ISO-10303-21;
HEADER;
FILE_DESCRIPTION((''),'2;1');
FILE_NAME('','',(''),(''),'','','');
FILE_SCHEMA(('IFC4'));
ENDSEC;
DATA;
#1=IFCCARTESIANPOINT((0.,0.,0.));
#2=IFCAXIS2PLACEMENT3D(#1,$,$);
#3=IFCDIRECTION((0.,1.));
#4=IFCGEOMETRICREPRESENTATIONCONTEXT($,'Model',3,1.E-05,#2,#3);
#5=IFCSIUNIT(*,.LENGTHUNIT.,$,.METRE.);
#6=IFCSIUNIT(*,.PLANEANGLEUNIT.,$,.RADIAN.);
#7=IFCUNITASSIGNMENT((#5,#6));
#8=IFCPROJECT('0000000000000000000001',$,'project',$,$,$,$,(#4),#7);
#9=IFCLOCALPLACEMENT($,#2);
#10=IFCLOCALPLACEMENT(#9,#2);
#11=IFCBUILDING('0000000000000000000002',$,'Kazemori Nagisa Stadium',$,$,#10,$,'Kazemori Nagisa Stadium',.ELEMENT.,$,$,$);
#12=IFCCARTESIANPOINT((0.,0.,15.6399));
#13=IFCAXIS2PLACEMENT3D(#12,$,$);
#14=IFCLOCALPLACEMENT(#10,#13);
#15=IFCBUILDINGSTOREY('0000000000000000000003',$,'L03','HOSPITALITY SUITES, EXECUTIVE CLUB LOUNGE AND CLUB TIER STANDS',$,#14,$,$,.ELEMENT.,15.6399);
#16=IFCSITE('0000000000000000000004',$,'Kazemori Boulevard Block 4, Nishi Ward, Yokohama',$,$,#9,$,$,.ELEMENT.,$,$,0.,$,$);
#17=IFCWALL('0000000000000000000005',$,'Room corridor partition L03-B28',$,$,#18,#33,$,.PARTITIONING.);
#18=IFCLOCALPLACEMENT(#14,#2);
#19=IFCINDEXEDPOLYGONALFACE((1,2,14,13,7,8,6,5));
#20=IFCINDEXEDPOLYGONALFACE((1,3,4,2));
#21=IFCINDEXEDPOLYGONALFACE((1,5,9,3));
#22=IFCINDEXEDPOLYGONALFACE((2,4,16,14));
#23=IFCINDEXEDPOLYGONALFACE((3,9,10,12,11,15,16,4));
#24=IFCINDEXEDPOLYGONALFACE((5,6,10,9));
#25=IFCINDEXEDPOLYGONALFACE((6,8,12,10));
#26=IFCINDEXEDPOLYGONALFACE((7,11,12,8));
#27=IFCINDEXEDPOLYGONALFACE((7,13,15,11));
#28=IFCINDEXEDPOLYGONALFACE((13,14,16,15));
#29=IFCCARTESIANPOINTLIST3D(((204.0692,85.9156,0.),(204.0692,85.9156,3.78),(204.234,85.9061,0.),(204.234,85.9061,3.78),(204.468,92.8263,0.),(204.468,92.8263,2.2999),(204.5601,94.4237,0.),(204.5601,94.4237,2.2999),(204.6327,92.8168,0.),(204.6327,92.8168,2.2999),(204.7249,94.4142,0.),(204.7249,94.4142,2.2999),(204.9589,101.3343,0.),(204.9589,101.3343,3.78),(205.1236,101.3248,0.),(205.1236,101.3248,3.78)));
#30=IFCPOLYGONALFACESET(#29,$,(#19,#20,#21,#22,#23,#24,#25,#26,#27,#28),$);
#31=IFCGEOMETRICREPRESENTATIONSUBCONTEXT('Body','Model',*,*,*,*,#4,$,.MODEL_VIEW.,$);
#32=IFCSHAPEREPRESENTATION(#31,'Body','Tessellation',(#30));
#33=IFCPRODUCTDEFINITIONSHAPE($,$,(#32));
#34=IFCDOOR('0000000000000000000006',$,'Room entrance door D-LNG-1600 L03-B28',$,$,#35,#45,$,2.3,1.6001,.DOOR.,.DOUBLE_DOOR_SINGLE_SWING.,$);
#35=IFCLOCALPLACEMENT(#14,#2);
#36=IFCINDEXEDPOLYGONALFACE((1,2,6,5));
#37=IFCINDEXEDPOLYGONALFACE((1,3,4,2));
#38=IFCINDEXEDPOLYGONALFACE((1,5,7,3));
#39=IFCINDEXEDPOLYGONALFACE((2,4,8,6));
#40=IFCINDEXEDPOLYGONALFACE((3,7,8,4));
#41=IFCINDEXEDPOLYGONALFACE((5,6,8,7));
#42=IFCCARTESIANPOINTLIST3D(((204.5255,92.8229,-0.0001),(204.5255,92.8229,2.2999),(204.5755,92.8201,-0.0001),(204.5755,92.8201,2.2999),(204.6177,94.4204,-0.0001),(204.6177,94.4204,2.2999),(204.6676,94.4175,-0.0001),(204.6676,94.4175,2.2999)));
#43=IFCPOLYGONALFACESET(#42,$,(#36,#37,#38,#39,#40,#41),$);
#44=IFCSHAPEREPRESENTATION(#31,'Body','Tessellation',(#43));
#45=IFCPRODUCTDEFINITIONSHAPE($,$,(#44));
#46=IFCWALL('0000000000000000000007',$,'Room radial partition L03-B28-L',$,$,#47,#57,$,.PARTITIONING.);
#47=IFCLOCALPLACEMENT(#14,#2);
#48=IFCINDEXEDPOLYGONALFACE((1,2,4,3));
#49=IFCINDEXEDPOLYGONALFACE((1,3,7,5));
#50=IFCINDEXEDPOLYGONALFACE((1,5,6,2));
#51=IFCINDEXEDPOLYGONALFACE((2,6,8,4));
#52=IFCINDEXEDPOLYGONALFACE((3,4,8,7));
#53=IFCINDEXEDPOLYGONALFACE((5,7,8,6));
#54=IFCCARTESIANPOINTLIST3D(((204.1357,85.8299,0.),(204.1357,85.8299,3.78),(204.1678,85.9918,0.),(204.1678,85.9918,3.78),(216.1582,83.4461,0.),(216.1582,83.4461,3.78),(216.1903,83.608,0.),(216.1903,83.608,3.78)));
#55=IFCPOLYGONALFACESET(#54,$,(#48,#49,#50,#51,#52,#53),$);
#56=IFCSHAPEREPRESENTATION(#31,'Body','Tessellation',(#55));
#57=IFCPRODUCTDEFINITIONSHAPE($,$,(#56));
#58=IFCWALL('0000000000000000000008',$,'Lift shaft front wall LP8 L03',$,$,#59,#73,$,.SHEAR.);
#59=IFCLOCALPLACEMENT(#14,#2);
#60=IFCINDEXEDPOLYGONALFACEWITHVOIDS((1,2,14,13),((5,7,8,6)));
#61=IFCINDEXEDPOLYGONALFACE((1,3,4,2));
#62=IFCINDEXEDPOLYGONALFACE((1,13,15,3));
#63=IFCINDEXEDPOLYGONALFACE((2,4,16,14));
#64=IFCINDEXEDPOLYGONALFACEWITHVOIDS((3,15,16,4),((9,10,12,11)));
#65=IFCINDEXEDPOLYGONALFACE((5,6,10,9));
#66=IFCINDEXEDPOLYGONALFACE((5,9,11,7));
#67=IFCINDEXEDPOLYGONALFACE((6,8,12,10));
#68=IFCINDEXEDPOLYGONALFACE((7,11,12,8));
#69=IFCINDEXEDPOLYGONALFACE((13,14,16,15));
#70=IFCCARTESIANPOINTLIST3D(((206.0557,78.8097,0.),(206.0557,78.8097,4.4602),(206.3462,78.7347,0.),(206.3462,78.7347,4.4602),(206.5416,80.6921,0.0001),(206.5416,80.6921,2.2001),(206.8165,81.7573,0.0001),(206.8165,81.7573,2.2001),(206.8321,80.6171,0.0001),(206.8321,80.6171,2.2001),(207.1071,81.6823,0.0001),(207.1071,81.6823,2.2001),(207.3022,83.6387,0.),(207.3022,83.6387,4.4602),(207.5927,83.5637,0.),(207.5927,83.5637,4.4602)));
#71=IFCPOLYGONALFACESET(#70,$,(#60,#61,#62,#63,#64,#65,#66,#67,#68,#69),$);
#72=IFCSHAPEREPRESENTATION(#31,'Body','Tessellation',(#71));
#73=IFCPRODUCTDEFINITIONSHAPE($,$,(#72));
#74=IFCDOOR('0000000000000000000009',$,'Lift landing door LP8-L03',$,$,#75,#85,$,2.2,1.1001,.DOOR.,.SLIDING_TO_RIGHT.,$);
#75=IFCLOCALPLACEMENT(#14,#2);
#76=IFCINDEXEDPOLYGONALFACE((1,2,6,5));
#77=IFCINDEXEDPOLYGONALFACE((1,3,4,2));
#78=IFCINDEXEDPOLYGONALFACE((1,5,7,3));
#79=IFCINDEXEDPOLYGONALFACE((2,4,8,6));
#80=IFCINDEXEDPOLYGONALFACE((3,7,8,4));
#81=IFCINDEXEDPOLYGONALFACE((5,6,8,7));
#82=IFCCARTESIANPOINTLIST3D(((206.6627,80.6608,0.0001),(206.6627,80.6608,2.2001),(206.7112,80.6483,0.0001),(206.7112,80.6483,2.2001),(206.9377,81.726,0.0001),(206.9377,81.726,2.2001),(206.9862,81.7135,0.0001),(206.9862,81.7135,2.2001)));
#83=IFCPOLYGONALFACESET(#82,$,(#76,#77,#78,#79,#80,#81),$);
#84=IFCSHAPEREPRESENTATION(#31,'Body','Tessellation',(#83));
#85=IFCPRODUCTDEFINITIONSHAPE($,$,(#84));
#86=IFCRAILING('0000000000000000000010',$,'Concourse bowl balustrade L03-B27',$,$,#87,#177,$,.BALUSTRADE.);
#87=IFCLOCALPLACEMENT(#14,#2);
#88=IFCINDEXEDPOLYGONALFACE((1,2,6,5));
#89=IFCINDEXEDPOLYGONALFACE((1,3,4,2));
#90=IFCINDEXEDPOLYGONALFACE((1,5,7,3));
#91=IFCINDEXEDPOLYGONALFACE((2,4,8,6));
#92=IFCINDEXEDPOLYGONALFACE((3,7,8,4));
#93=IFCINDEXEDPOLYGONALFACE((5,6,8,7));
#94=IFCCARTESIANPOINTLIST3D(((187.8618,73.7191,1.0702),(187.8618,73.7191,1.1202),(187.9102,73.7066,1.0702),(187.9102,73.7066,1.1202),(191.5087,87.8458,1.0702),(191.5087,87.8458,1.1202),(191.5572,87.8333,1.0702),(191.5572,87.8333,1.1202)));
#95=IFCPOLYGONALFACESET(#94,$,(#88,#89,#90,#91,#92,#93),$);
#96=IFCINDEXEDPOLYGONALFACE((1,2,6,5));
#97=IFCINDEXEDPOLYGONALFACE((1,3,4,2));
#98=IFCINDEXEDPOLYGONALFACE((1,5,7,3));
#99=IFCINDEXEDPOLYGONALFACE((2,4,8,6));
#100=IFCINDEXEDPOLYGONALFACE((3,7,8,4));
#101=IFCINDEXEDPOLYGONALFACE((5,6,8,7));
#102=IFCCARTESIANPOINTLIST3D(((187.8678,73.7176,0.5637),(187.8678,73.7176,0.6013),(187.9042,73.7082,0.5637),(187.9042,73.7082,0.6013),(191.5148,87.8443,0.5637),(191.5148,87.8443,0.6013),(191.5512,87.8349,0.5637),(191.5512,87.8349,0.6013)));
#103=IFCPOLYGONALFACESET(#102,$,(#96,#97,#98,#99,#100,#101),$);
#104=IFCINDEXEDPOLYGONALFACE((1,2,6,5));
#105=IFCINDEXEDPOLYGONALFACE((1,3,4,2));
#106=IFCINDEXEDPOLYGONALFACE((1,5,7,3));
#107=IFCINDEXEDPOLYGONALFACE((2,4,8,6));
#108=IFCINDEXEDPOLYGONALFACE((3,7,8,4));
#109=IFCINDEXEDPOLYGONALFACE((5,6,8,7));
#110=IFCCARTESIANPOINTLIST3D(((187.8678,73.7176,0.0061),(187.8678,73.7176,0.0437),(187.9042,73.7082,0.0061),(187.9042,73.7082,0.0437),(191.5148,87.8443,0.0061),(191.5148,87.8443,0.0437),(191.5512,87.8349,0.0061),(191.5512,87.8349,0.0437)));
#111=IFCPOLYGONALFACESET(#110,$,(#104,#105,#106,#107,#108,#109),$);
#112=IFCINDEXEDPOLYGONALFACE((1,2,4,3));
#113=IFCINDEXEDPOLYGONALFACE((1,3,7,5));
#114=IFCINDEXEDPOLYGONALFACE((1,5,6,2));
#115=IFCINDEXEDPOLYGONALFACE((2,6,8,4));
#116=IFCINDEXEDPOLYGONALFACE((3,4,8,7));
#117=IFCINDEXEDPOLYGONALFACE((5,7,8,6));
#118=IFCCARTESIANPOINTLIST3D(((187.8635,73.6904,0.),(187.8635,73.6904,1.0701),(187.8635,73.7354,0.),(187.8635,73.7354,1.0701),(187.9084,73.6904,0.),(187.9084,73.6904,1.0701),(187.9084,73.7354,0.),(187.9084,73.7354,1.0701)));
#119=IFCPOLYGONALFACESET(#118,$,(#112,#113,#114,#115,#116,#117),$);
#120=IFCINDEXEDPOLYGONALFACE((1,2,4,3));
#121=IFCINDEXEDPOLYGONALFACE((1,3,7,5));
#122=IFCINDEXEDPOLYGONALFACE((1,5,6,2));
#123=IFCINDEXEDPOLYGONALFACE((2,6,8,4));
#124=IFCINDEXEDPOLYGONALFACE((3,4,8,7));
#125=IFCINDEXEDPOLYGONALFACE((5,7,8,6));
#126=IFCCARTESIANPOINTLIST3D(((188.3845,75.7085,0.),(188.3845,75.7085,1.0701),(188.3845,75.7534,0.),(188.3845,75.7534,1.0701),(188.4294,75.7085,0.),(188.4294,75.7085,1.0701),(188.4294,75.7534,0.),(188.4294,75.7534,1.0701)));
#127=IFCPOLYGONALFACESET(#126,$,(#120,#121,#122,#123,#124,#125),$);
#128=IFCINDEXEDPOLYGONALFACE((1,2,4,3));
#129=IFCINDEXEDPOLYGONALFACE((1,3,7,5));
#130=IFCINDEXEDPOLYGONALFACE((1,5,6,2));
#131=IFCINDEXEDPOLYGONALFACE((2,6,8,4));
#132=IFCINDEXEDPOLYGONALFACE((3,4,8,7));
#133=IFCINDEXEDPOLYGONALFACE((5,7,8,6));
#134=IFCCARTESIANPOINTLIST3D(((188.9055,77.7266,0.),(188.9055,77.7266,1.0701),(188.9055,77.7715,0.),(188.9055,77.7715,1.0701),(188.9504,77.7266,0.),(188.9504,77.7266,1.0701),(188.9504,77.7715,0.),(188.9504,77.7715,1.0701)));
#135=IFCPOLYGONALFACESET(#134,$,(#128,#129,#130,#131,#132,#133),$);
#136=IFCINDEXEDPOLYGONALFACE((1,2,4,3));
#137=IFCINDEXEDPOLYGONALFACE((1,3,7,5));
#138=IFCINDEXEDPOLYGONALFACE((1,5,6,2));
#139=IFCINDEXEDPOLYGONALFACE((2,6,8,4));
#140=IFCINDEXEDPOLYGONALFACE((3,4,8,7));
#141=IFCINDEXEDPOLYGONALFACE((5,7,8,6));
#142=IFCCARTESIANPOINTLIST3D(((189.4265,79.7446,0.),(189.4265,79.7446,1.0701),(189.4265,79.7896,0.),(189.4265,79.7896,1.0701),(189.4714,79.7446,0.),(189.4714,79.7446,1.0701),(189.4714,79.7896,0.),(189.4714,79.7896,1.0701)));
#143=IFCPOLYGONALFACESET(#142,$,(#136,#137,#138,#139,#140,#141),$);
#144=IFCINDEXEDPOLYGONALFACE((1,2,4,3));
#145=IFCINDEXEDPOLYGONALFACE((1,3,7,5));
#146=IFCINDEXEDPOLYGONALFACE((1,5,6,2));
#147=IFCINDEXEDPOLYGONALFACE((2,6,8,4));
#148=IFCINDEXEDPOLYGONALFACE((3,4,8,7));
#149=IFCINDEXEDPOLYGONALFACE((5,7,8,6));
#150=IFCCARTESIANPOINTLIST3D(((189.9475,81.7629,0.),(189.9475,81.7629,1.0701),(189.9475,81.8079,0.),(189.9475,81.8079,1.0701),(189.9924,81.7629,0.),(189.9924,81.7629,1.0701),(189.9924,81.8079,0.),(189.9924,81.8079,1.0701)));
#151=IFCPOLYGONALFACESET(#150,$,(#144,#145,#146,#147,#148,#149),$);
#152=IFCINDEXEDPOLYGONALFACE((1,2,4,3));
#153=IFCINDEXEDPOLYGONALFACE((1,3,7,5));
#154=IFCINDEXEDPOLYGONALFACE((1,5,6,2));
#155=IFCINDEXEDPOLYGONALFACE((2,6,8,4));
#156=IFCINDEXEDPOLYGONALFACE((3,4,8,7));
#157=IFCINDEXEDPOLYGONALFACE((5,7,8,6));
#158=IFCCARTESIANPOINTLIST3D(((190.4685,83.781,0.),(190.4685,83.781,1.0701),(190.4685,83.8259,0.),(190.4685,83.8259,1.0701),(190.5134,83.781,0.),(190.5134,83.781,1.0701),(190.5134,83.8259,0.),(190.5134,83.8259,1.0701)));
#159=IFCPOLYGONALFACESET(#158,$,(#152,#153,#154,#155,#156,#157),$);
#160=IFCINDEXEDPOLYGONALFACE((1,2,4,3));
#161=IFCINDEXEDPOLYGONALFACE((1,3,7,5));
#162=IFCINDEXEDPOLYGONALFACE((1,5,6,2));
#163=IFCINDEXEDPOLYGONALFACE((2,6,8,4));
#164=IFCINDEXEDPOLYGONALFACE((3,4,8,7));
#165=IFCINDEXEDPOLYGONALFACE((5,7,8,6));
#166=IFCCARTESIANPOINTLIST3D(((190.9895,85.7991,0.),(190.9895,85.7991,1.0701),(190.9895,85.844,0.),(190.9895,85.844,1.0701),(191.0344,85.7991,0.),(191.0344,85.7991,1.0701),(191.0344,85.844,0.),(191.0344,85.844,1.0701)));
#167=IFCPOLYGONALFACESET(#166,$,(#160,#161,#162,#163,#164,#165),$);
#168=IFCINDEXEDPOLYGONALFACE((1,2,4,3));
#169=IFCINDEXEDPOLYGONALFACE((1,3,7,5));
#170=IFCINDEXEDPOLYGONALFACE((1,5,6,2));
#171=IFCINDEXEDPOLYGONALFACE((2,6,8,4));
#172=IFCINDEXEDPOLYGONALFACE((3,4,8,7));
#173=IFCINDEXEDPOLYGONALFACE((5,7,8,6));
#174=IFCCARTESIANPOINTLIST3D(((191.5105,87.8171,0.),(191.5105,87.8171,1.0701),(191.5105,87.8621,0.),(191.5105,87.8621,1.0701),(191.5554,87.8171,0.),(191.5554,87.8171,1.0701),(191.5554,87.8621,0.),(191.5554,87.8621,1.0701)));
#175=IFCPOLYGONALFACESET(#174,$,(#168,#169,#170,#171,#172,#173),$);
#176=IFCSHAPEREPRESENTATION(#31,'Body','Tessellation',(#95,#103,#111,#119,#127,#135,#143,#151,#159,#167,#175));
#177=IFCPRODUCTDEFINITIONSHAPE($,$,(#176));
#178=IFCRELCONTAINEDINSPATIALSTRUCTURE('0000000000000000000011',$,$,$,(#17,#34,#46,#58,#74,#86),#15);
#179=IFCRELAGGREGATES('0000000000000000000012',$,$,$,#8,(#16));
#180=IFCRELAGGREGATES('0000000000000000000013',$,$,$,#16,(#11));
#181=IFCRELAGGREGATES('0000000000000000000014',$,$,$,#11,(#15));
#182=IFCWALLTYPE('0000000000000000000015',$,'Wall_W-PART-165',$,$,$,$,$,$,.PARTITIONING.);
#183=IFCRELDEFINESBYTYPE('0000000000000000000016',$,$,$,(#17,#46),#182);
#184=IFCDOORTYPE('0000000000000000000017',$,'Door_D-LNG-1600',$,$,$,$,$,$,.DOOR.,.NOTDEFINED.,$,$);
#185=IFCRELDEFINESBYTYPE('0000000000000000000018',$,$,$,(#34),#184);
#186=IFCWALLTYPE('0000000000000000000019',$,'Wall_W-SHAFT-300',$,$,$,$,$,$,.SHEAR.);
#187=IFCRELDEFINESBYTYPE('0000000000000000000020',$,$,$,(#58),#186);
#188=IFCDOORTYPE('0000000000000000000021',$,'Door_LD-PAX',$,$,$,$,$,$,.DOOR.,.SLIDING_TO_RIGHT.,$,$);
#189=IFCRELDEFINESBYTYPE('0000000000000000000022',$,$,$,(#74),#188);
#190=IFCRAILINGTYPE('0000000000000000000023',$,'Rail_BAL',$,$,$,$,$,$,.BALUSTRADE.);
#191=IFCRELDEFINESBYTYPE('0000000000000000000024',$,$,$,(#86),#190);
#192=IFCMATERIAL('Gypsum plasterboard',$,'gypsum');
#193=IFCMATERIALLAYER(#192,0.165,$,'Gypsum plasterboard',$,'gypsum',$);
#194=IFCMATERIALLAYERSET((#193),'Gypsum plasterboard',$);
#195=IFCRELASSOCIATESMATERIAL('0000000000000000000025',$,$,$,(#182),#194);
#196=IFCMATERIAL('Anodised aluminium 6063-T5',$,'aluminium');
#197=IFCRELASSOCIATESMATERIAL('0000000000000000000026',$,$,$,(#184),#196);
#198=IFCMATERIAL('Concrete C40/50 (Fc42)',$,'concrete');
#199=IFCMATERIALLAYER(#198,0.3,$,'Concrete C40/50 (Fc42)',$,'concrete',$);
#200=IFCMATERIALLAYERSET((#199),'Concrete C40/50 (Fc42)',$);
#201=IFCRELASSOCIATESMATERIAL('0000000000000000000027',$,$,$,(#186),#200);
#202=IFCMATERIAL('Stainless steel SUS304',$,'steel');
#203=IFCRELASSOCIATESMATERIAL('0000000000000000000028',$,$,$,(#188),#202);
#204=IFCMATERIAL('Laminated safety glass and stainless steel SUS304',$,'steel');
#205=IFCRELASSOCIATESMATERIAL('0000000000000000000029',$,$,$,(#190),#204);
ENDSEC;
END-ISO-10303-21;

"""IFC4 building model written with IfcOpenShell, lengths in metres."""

from ifc_helpers import new_model, si_unit, direction, frame, frame_2d, origin, origin_2d, place, context, subcontext, project, spatial, rectangle, extrude, material, layer, layer_set, type_object, element, fill, save


model = new_model("IFC4")

# Units and contexts
model_context = context("Model", 3, precision=1e-05, world=origin(), true_north=direction((0.0, 1.0)))
body_context = subcontext(model_context, "Body", "Model", "MODEL_VIEW")
ifc_project = project(units=[si_unit("LENGTHUNIT", "METRE"), si_unit("PLANEANGLEUNIT", "RADIAN")], contexts=[model_context])

# Site, building, storey
site_placement = place(None, origin())
site = spatial("IfcSite", under=ifc_project, at=site_placement, Name="Kazemori Boulevard Block 4, Nishi Ward, Yokohama", CompositionType="ELEMENT", RefElevation=0.0)
building_placement = place(site_placement, origin())
building = spatial("IfcBuilding", under=site, at=building_placement, Name="Kazemori Nagisa Stadium", LongName="Kazemori Nagisa Stadium", CompositionType="ELEMENT")
storey_placement = place(building_placement, frame((0.0, 0.0, 15.6399)))
storey = spatial("IfcBuildingStorey", under=building, at=storey_placement, Name="L03", Description="HOSPITALITY SUITES, EXECUTIVE CLUB LOUNGE AND CLUB TIER STANDS", CompositionType="ELEMENT", Elevation=15.6399)

# Shared definitions
ifc_material_1 = material(Name="Concrete C40/50 (Fc42)", Category="concrete")

# Wall, opening, door
ifc_material_2 = material(Name="Gypsum plasterboard", Category="gypsum")
ifc_layer_1 = layer(ifc_material_2, 0.165, Name="Gypsum plasterboard", Category="gypsum")
ifc_layer_set_1 = layer_set([ifc_layer_1], Name="Gypsum plasterboard")
wall_type_1 = type_object("IfcWallType", Name="Wall_W-PART-165", PredefinedType="PARTITIONING", material=ifc_layer_set_1)
wall_1_placement = place(storey_placement, frame((204.1516, 85.9109, 0.0), z_axis=(0.0, 0.0, 1.0), x_axis=(0.057604, 0.99834, 0.0)))
wall_1 = element("IfcWall", 1, at=wall_1_placement, inside=storey, type_object=wall_type_1, Name="Room corridor partition L03-B28", PredefinedType="PARTITIONING", context=body_context, shape_type="SweptSolid", body=[
    extrude(rectangle(XDim=15.4443, YDim=0.165, at=frame_2d((7.7222, 0.0))), origin(), (0.0, 0.0, 1.0), 3.78),
])
opening_1_placement = place(wall_1_placement, frame((6.9221, 0.0, 0.0)))
opening_1 = element("IfcOpeningElement", 2, at=opening_1_placement, cuts=wall_1, PredefinedType="OPENING", context=body_context, shape_type="SweptSolid", body=[
    extrude(rectangle(XDim=1.6001, YDim=2.3, at=frame_2d((0.8, 1.1499))), frame((0.0, 0.0925, 0.0), z_axis=(0.0, -1.0, 0.0), x_axis=(1.0, 0.0, 0.0)), (0.0, 0.0, 1.0), 0.1851),
])
ifc_material_3 = material(Name="Anodised aluminium 6063-T5", Category="aluminium")
door_type_1 = type_object("IfcDoorType", Name="Door_D-LNG-1600", OperationType="NOTDEFINED", PredefinedType="DOOR", material=ifc_material_3)
door_1_placement = place(opening_1_placement, origin())
door_1 = element("IfcDoor", 3, at=door_1_placement, inside=storey, type_object=door_type_1, Name="Room entrance door D-LNG-1600 L03-B28", OperationType="DOUBLE_DOOR_SINGLE_SWING", OverallHeight=2.3, OverallWidth=1.6001, PredefinedType="DOOR", context=body_context, shape_type="SweptSolid", body=[
    extrude(rectangle(XDim=1.6001, YDim=2.3, at=frame_2d((0.8, 1.1499))), frame((0.0, 0.0249, 0.0), z_axis=(0.0, -1.0, 0.0), x_axis=(1.0, 0.0, 0.0)), (0.0, 0.0, 1.0), 0.05),
])
fill(opening_1, door_1)

# Wall
wall_2_placement = place(storey_placement, frame((204.1516, 85.9109, 0.0), z_axis=(0.0, 0.0, 1.0), x_axis=(0.980904, -0.194492, 0.0)))
element("IfcWall", 4, at=wall_2_placement, inside=storey, type_object=wall_type_1, Name="Room radial partition L03-B28-L", PredefinedType="PARTITIONING", context=body_context, shape_type="SweptSolid", body=[
    extrude(rectangle(XDim=12.2566, YDim=0.165, at=frame_2d((6.1284, 0.0))), origin(), (0.0, 0.0, 1.0), 3.78),
])

# Wall, opening, door
ifc_layer_2 = layer(ifc_material_1, 0.3, Name="Concrete C40/50 (Fc42)", Category="concrete")
ifc_layer_set_2 = layer_set([ifc_layer_2], Name="Concrete C40/50 (Fc42)")
wall_type_2 = type_object("IfcWallType", Name="Wall_W-SHAFT-300", PredefinedType="SHEAR", material=ifc_layer_set_2)
wall_3_placement = place(storey_placement, frame((206.2009, 78.7722, 0.0), z_axis=(0.0, 0.0, 1.0), x_axis=(0.249946, 0.96826, 0.0)))
wall_3 = element("IfcWall", 5, at=wall_3_placement, inside=storey, type_object=wall_type_2, Name="Lift shaft front wall LP8 L03", PredefinedType="SHEAR", context=body_context, shape_type="SweptSolid", body=[
    extrude(rectangle(XDim=4.9873, YDim=0.3, at=frame_2d((2.4937, 0.0))), origin(), (0.0, 0.0, 1.0), 4.4602),
])
opening_2_placement = place(wall_3_placement, frame((1.9441, 0.0, 0.0)))
opening_2 = element("IfcOpeningElement", 6, at=opening_2_placement, cuts=wall_3, PredefinedType="OPENING", context=body_context, shape_type="SweptSolid", body=[
    extrude(rectangle(XDim=1.1001, YDim=2.2, at=frame_2d((0.55, 1.1001))), frame((0.0, 0.1599, 0.0), z_axis=(0.0, -1.0, 0.0), x_axis=(1.0, 0.0, 0.0)), (0.0, 0.0, 1.0), 0.3201),
])
ifc_material_4 = material(Name="Stainless steel SUS304", Category="steel")
door_type_2 = type_object("IfcDoorType", Name="Door_LD-PAX", OperationType="SLIDING_TO_RIGHT", PredefinedType="DOOR", material=ifc_material_4)
door_2_placement = place(opening_2_placement, origin())
door_2 = element("IfcDoor", 7, at=door_2_placement, inside=storey, type_object=door_type_2, Name="Lift landing door LP8-L03", OperationType="SLIDING_TO_RIGHT", OverallHeight=2.2, OverallWidth=1.1001, PredefinedType="DOOR", context=body_context, shape_type="SweptSolid", body=[
    extrude(rectangle(XDim=1.1001, YDim=2.2, at=frame_2d((0.55, 1.1001))), frame((0.0, 0.0249, 0.0), z_axis=(0.0, -1.0, 0.0), x_axis=(1.0, 0.0, 0.0)), (0.0, 0.0, 1.0), 0.05),
])
fill(opening_2, door_2)

# Railing
ifc_material_5 = material(Name="Laminated safety glass and stainless steel SUS304", Category="steel")
railing_type_1 = type_object("IfcRailingType", Name="Rail_BAL", PredefinedType="BALUSTRADE", material=ifc_material_5)
railing_1_placement = place(storey_placement, frame((187.886, 73.7129, 0.0)))
element("IfcRailing", 8, at=railing_1_placement, inside=storey, type_object=railing_type_1, Name="Concourse bowl balustrade L03-B27", PredefinedType="BALUSTRADE", context=body_context, shape_type="SweptSolid", body=[
    extrude(rectangle(XDim=0.05, YDim=0.05, at=origin_2d()), frame((0.0, 0.0, 1.0952), z_axis=(0.249966, 0.968255, 0.0), x_axis=(-0.968255, 0.249966, 0.0)), (0.0, 0.0, 1.0), 14.5898),
    extrude(rectangle(XDim=0.0376, YDim=0.0376, at=origin_2d()), frame((0.0, 0.0, 0.5825), z_axis=(0.249966, 0.968255, 0.0), x_axis=(-0.968255, 0.249966, 0.0)), (0.0, 0.0, 1.0), 14.5898),
    extrude(rectangle(XDim=0.0376, YDim=0.0376, at=origin_2d()), frame((0.0, 0.0, 0.0249), z_axis=(0.249966, 0.968255, 0.0), x_axis=(-0.968255, 0.249966, 0.0)), (0.0, 0.0, 1.0), 14.5898),
    extrude(rectangle(XDim=0.0449, YDim=0.0449, at=origin_2d()), origin(), (0.0, 0.0, 1.0), 1.0701),
    extrude(rectangle(XDim=0.0449, YDim=0.0449, at=origin_2d()), frame((0.521, 2.0181, 0.0)), (0.0, 0.0, 1.0), 1.0701),
    extrude(rectangle(XDim=0.0449, YDim=0.0449, at=origin_2d()), frame((1.042, 4.0361, 0.0)), (0.0, 0.0, 1.0), 1.0701),
    extrude(rectangle(XDim=0.0449, YDim=0.0449, at=origin_2d()), frame((1.563, 6.0542, 0.0)), (0.0, 0.0, 1.0), 1.0701),
    extrude(rectangle(XDim=0.0449, YDim=0.0449, at=origin_2d()), frame((2.084, 8.0725, 0.0)), (0.0, 0.0, 1.0), 1.0701),
    extrude(rectangle(XDim=0.0449, YDim=0.0449, at=origin_2d()), frame((2.605, 10.0906, 0.0)), (0.0, 0.0, 1.0), 1.0701),
    extrude(rectangle(XDim=0.0449, YDim=0.0449, at=origin_2d()), frame((3.126, 12.1086, 0.0)), (0.0, 0.0, 1.0), 1.0701),
    extrude(rectangle(XDim=0.0449, YDim=0.0449, at=origin_2d()), frame((3.647, 14.1267, 0.0)), (0.0, 0.0, 1.0), 1.0701),
])

save(model, "model.ifc")
